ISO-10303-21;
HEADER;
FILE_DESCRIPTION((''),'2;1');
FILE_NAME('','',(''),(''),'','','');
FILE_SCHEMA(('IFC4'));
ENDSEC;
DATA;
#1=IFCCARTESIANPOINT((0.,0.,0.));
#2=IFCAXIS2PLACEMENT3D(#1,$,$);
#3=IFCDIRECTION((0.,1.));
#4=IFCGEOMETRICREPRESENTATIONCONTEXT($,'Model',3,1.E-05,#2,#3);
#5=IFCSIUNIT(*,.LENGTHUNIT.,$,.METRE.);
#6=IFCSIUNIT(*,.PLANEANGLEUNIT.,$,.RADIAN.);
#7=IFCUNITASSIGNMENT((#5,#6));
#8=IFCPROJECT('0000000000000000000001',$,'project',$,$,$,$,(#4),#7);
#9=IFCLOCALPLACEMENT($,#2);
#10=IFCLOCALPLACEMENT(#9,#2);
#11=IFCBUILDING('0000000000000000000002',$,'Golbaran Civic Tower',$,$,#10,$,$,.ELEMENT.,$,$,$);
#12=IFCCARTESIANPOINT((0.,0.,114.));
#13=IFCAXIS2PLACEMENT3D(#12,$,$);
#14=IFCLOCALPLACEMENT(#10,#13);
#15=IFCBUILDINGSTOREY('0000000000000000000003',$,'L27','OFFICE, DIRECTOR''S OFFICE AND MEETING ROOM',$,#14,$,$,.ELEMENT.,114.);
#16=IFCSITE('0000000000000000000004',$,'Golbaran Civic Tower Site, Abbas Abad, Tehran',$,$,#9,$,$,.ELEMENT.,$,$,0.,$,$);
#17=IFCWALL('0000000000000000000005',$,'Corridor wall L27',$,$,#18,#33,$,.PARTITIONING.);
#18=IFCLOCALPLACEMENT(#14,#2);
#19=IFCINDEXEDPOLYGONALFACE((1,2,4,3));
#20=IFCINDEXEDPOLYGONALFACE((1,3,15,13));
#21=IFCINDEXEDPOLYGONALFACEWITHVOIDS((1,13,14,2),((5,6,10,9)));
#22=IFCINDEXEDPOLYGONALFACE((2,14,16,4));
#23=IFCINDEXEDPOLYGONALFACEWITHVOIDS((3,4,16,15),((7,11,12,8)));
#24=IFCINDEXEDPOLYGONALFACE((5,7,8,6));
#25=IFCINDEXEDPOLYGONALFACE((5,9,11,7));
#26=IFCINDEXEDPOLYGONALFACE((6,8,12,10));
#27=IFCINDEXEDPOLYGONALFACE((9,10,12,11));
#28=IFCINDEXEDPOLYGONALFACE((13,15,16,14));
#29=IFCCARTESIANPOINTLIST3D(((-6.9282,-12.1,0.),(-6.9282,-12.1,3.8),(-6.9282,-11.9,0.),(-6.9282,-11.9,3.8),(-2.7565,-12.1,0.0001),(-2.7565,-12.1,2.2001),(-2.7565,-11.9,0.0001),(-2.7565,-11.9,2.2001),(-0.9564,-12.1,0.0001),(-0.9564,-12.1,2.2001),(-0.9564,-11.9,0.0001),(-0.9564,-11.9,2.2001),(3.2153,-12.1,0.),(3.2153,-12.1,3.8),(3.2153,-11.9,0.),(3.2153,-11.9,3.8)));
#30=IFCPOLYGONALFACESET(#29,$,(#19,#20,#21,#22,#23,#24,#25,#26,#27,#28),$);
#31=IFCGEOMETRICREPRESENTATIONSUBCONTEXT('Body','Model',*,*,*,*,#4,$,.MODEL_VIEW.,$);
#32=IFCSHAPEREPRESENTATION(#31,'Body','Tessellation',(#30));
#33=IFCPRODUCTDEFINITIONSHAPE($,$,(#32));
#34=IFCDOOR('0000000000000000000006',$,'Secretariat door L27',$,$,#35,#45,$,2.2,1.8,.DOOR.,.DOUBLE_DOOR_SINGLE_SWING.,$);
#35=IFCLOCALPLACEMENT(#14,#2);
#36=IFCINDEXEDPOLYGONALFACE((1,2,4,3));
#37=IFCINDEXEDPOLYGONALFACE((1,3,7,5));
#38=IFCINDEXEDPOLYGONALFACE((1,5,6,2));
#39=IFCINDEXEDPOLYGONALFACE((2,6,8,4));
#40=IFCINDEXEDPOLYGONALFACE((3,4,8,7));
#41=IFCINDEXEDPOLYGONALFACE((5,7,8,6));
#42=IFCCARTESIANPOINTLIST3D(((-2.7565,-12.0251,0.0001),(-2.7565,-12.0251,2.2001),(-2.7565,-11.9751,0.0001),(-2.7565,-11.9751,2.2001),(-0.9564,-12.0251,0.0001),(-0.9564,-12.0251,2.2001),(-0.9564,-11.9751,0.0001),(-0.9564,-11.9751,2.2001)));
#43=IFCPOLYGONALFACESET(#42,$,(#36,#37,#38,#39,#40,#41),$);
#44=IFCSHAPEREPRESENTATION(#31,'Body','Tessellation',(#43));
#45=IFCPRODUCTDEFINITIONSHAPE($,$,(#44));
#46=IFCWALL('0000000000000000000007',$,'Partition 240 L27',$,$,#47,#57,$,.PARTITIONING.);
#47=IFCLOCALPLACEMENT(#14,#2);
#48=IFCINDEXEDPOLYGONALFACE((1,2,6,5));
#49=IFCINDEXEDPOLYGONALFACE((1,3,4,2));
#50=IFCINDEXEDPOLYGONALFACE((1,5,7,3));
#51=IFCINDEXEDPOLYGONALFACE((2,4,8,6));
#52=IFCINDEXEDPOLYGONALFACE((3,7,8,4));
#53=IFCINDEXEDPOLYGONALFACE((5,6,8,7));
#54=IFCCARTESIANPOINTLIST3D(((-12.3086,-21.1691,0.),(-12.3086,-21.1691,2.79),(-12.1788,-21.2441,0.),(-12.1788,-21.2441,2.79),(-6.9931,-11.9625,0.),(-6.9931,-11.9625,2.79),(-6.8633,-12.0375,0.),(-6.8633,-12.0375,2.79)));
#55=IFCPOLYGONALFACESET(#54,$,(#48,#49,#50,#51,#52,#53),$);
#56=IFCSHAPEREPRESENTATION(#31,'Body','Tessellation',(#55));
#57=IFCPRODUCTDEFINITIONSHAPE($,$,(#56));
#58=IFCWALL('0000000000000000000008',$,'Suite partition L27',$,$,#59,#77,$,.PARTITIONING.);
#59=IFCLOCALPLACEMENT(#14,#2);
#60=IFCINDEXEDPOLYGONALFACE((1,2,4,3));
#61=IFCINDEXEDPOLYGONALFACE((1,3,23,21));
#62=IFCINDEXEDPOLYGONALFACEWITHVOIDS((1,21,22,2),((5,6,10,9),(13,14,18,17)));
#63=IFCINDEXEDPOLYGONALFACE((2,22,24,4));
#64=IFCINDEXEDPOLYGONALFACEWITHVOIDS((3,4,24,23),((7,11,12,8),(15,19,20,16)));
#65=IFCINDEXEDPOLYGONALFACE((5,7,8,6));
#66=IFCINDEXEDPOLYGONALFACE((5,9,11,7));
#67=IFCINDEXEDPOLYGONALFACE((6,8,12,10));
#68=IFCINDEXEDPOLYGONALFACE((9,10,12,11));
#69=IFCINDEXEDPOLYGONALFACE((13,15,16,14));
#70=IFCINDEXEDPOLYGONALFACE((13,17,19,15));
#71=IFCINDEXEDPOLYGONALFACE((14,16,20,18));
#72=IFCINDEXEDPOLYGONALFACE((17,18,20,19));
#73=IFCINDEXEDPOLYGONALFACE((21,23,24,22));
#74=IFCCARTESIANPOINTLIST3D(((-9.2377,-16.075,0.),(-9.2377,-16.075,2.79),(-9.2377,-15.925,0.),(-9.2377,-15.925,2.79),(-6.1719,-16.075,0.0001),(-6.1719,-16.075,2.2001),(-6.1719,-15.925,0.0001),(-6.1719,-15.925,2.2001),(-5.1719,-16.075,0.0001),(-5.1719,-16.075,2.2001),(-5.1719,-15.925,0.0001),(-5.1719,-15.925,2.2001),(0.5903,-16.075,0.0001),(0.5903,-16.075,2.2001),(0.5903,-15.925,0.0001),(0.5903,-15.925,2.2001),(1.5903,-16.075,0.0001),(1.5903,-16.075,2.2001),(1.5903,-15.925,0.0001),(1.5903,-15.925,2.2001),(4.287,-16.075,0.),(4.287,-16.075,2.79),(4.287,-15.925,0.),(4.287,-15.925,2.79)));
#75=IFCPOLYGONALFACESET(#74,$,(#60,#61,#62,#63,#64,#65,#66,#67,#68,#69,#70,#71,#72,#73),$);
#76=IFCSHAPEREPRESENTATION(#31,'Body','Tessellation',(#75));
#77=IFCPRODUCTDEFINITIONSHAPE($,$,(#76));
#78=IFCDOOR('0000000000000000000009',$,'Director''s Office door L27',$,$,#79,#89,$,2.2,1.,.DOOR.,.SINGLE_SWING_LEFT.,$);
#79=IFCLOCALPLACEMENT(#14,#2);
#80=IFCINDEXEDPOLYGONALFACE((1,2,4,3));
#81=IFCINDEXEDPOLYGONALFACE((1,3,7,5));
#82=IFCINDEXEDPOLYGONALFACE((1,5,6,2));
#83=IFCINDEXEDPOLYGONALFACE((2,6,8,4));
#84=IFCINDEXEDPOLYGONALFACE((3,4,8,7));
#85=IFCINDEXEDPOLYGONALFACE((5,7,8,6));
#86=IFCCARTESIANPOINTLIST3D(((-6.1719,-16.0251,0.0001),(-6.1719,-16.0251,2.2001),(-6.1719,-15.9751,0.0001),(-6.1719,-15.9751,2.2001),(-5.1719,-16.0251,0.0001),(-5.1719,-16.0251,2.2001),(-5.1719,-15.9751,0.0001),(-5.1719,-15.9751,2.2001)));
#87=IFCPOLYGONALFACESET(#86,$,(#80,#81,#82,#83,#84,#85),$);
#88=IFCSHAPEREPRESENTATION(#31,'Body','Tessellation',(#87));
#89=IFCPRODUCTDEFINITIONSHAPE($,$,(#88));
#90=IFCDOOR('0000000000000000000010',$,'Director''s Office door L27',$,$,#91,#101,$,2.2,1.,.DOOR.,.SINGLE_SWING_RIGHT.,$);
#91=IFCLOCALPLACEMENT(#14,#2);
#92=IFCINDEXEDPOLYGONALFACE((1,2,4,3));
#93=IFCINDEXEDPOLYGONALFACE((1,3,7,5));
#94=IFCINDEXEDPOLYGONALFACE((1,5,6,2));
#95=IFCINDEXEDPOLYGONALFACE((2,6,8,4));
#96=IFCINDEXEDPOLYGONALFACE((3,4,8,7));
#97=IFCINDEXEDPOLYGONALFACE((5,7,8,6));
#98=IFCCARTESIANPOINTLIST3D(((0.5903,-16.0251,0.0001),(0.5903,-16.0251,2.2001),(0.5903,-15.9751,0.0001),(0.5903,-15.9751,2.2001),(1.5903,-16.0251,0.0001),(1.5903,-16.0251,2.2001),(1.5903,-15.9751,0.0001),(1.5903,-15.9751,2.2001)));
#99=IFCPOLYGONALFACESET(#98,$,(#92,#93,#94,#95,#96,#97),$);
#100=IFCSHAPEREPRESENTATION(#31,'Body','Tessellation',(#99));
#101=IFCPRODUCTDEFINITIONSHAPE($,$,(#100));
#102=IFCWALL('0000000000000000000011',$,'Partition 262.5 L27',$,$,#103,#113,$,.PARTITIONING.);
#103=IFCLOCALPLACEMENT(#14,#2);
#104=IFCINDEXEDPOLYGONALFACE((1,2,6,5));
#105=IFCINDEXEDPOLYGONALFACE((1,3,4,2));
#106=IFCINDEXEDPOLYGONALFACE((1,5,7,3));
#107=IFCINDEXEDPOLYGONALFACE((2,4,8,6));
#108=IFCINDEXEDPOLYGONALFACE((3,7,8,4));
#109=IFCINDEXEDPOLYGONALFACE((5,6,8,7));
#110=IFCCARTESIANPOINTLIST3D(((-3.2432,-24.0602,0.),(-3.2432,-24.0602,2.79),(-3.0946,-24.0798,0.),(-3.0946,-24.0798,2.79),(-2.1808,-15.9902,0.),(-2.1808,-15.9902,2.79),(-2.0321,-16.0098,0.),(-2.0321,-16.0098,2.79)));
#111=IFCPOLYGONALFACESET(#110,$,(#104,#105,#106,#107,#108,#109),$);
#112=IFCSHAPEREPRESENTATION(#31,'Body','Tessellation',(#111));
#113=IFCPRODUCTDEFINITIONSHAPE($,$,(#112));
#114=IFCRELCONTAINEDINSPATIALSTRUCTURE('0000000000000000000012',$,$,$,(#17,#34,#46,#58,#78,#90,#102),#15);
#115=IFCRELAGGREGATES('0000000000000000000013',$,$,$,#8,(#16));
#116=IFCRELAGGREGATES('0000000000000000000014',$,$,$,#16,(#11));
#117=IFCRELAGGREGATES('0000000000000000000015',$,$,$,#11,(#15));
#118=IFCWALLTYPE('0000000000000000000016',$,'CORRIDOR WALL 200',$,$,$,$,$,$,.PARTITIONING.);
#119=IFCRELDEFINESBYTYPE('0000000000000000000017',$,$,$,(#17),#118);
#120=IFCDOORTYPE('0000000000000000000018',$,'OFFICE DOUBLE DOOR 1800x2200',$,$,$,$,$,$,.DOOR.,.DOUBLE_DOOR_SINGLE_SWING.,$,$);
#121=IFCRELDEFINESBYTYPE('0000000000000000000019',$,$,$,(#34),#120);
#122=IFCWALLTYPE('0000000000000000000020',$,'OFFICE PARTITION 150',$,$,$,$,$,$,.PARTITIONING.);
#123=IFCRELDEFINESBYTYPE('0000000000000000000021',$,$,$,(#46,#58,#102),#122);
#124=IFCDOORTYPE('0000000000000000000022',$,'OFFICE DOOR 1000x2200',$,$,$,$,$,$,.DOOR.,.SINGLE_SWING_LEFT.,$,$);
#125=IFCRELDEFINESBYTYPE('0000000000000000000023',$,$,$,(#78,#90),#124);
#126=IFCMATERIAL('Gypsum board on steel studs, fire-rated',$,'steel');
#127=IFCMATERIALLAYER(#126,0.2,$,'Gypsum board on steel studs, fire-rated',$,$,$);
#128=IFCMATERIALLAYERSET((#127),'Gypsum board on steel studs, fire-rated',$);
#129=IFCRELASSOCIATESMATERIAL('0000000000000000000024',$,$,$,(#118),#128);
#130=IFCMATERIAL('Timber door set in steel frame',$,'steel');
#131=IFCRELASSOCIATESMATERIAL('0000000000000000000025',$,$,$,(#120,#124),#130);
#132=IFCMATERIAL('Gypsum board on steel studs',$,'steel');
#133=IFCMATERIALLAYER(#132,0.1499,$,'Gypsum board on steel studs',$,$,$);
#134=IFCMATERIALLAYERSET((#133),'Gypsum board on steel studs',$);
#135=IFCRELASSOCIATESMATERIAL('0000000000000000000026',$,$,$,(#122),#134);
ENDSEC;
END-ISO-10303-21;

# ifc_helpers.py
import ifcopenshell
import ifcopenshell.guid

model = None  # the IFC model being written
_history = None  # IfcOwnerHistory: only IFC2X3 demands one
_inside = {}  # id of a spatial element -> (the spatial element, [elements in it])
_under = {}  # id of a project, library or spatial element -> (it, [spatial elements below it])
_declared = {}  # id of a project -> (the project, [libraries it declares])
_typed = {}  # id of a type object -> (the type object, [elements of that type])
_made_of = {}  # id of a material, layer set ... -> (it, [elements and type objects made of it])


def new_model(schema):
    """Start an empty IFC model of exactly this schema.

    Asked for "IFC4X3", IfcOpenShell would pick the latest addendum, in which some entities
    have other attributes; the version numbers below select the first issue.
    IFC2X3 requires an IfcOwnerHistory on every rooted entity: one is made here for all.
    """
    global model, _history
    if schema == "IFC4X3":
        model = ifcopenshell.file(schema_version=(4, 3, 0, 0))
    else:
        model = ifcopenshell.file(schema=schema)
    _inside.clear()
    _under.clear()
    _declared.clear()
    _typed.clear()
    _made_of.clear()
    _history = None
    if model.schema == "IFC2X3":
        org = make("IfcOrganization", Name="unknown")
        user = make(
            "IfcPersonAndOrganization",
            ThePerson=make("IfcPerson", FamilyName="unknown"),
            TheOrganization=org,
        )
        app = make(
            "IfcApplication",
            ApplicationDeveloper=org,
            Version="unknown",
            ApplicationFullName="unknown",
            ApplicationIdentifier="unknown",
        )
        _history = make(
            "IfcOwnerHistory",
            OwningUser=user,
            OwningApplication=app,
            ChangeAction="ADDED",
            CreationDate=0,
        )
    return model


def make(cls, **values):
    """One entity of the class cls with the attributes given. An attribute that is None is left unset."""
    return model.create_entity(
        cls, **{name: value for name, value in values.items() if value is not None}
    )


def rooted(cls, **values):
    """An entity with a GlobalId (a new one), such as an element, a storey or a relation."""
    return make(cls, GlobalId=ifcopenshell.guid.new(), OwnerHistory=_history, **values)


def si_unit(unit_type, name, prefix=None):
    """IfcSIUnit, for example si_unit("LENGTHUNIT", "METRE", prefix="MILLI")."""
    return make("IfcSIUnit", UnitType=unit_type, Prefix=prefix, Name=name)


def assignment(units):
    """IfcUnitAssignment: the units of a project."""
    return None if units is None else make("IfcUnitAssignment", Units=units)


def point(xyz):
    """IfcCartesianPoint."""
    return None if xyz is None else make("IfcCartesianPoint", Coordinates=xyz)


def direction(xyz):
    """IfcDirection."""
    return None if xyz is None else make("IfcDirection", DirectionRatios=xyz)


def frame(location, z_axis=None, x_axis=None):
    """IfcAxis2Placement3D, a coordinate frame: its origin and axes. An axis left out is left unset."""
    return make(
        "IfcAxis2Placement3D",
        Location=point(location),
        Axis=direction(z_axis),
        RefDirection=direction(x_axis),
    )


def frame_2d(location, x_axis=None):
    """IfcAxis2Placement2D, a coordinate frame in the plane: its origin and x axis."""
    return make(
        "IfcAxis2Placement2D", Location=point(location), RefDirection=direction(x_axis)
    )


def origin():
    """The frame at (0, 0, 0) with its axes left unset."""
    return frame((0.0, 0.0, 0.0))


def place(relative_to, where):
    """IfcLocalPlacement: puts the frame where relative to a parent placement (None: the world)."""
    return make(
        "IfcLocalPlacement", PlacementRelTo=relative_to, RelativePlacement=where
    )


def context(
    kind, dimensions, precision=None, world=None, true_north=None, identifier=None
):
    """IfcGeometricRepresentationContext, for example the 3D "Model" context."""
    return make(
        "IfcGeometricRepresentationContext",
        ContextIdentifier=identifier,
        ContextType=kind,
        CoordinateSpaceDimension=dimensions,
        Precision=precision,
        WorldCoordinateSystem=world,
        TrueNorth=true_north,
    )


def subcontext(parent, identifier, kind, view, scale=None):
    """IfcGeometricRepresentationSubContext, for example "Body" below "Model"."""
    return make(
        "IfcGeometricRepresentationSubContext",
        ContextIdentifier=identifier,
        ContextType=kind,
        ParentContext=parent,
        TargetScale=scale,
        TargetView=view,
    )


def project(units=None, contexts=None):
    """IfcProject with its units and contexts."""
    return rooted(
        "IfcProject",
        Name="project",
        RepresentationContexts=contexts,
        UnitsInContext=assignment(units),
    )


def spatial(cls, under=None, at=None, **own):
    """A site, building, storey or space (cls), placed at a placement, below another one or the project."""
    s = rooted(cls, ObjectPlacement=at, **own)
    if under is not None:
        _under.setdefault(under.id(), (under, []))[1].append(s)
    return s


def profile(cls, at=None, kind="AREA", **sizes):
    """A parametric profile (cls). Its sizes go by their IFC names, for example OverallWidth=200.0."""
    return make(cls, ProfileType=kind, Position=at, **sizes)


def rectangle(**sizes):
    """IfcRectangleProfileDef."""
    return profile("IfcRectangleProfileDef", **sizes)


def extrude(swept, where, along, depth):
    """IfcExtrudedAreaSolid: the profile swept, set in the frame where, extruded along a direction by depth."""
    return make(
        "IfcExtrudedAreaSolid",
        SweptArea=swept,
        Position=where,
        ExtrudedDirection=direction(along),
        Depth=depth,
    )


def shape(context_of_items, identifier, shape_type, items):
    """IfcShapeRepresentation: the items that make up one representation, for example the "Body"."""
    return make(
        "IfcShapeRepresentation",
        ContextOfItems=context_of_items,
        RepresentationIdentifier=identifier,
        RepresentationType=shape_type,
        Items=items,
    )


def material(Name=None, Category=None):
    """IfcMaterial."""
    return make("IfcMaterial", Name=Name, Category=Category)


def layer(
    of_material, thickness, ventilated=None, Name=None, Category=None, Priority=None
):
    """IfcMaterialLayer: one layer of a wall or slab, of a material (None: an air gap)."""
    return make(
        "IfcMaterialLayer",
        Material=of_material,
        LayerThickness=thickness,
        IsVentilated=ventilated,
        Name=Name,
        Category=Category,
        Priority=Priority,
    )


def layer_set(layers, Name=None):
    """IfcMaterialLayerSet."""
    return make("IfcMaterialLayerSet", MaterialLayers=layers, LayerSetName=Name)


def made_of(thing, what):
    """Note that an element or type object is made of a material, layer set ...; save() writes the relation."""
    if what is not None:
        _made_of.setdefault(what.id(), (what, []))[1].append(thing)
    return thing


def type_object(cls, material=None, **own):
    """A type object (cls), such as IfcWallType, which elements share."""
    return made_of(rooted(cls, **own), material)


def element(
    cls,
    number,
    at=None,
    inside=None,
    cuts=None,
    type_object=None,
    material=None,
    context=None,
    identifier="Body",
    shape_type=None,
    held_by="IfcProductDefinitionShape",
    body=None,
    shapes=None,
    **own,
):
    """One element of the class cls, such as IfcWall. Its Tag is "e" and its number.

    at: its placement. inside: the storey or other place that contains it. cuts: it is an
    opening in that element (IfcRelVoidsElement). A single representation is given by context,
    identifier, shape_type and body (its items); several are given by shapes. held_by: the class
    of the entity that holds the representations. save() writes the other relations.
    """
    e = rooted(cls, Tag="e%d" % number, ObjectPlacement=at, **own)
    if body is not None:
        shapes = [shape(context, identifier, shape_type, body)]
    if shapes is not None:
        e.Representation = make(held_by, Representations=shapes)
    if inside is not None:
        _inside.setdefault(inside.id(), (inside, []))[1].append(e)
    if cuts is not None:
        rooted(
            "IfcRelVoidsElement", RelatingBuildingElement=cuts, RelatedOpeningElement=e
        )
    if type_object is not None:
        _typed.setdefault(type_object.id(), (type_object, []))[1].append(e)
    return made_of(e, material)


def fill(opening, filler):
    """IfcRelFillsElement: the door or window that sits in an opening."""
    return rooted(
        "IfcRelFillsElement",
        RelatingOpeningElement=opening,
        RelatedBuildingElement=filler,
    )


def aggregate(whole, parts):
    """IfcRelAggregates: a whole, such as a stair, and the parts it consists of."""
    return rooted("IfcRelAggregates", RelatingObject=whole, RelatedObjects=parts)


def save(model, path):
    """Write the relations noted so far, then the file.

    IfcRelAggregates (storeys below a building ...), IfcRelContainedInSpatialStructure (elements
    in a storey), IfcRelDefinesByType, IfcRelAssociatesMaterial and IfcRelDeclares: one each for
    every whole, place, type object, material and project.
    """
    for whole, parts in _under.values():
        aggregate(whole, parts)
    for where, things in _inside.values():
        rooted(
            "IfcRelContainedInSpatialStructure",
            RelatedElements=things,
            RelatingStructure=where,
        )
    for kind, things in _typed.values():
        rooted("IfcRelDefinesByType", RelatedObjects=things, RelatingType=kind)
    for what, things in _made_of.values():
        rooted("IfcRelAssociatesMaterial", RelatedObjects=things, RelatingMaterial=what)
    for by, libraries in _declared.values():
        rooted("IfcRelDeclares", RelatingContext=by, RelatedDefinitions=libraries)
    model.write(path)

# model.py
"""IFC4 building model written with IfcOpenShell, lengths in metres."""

from ifc_helpers import new_model, si_unit, direction, frame, frame_2d, origin, place, context, subcontext, project, spatial, rectangle, extrude, material, layer, layer_set, type_object, element, fill, save


model = new_model("IFC4")

# Units and contexts
model_context = context("Model", 3, precision=1e-05, world=origin(), true_north=direction((0.0, 1.0)))
body_context = subcontext(model_context, "Body", "Model", "MODEL_VIEW")
ifc_project = project(units=[si_unit("LENGTHUNIT", "METRE"), si_unit("PLANEANGLEUNIT", "RADIAN")], contexts=[model_context])

# Site, building, storey
site_placement = place(None, origin())
site = spatial("IfcSite", under=ifc_project, at=site_placement, Name="Golbaran Civic Tower Site, Abbas Abad, Tehran", CompositionType="ELEMENT", RefElevation=0.0)
building_placement = place(site_placement, origin())
building = spatial("IfcBuilding", under=site, at=building_placement, Name="Golbaran Civic Tower", CompositionType="ELEMENT")
storey_placement = place(building_placement, frame((0.0, 0.0, 114.0)))
storey = spatial("IfcBuildingStorey", under=building, at=storey_placement, Name="L27", Description="OFFICE, DIRECTOR'S OFFICE AND MEETING ROOM", CompositionType="ELEMENT", Elevation=114.0)

# Shared definitions
ifc_material_1 = material(Name="Timber door set in steel frame", Category="steel")

# Shared definitions
ifc_material_2 = material(Name="Gypsum board on steel studs, fire-rated", Category="steel")
ifc_layer_1 = layer(ifc_material_2, 0.2, Name="Gypsum board on steel studs, fire-rated")
ifc_layer_set_1 = layer_set([ifc_layer_1], Name="Gypsum board on steel studs, fire-rated")
wall_type_1 = type_object("IfcWallType", Name="CORRIDOR WALL 200", PredefinedType="PARTITIONING", material=ifc_layer_set_1)

# Wall, opening, door
wall_1_placement = place(storey_placement, frame((-6.9282, -12.0, 0.0), z_axis=(0.0, 0.0, 1.0), x_axis=(1.0, 0.0, 0.0)))
wall_1 = element("IfcWall", 1, at=wall_1_placement, inside=storey, type_object=wall_type_1, Name="Corridor wall L27", PredefinedType="PARTITIONING", context=body_context, shape_type="SweptSolid", body=[
    extrude(rectangle(XDim=10.1436, YDim=0.2, at=frame_2d((5.0718, 0.0))), origin(), (0.0, 0.0, 1.0), 3.8),
])
opening_1_placement = place(wall_1_placement, frame((4.1719, 0.0, 0.0)))
opening_1 = element("IfcOpeningElement", 2, at=opening_1_placement, cuts=wall_1, PredefinedType="OPENING", context=body_context, shape_type="SweptSolid", body=[
    extrude(rectangle(XDim=1.8, YDim=2.2, at=frame_2d((0.8999, 1.1001))), frame((0.0, 0.1099, 0.0), z_axis=(0.0, -1.0, 0.0), x_axis=(1.0, 0.0, 0.0)), (0.0, 0.0, 1.0), 0.22),
])
door_type_1 = type_object("IfcDoorType", Name="OFFICE DOUBLE DOOR 1800x2200", OperationType="DOUBLE_DOOR_SINGLE_SWING", PredefinedType="DOOR", material=ifc_material_1)
door_1_placement = place(opening_1_placement, origin())
door_1 = element("IfcDoor", 3, at=door_1_placement, inside=storey, type_object=door_type_1, Name="Secretariat door L27", OperationType="DOUBLE_DOOR_SINGLE_SWING", OverallHeight=2.2, OverallWidth=1.8, PredefinedType="DOOR", context=body_context, shape_type="SweptSolid", body=[
    extrude(rectangle(XDim=1.8, YDim=2.2, at=frame_2d((0.8999, 1.1001))), frame((0.0, 0.0249, 0.0), z_axis=(0.0, -1.0, 0.0), x_axis=(1.0, 0.0, 0.0)), (0.0, 0.0, 1.0), 0.05),
])
fill(opening_1, door_1)

# Wall
ifc_material_3 = material(Name="Gypsum board on steel studs", Category="steel")
ifc_layer_2 = layer(ifc_material_3, 0.1499, Name="Gypsum board on steel studs")
ifc_layer_set_2 = layer_set([ifc_layer_2], Name="Gypsum board on steel studs")
wall_type_2 = type_object("IfcWallType", Name="OFFICE PARTITION 150", PredefinedType="PARTITIONING", material=ifc_layer_set_2)
wall_2_placement = place(storey_placement, frame((-6.9282, -12.0, 0.0), z_axis=(0.0, 0.0, 1.0), x_axis=(-0.500002, -0.866024, 0.0)))
element("IfcWall", 4, at=wall_2_placement, inside=storey, type_object=wall_type_2, Name="Partition 240 L27", PredefinedType="PARTITIONING", context=body_context, shape_type="SweptSolid", body=[
    extrude(rectangle(XDim=10.6309, YDim=0.1499, at=frame_2d((5.3154, 0.0))), origin(), (0.0, 0.0, 1.0), 2.79),
])

# Wall, openings, doors
wall_3_placement = place(storey_placement, frame((-9.2375, -16.0, 0.0), z_axis=(0.0, 0.0, 1.0), x_axis=(1.0, 0.0, 0.0)))
wall_3 = element("IfcWall", 5, at=wall_3_placement, inside=storey, type_object=wall_type_2, Name="Suite partition L27", PredefinedType="PARTITIONING", context=body_context, shape_type="SweptSolid", body=[
    extrude(rectangle(XDim=13.5247, YDim=0.1499, at=frame_2d((6.7622, 0.0))), origin(), (0.0, 0.0, 1.0), 2.79),
])
opening_2_placement = place(wall_3_placement, frame((3.0657, 0.0, 0.0)))
opening_2 = element("IfcOpeningElement", 6, at=opening_2_placement, cuts=wall_3, PredefinedType="OPENING", context=body_context, shape_type="SweptSolid", body=[
    extrude(rectangle(XDim=1.0, YDim=2.2, at=frame_2d((0.5, 1.1001))), frame((0.0, 0.085, 0.0), z_axis=(0.0, -1.0, 0.0), x_axis=(1.0, 0.0, 0.0)), (0.0, 0.0, 1.0), 0.1699),
])
opening_3_placement = place(wall_3_placement, frame((9.8279, 0.0, 0.0)))
opening_3 = element("IfcOpeningElement", 7, at=opening_3_placement, cuts=wall_3, PredefinedType="OPENING", context=body_context, shape_type="SweptSolid", body=[
    extrude(rectangle(XDim=1.0, YDim=2.2, at=frame_2d((0.5, 1.1001))), frame((0.0, 0.085, 0.0), z_axis=(0.0, -1.0, 0.0), x_axis=(1.0, 0.0, 0.0)), (0.0, 0.0, 1.0), 0.1699),
])
door_type_2 = type_object("IfcDoorType", Name="OFFICE DOOR 1000x2200", OperationType="SINGLE_SWING_LEFT", PredefinedType="DOOR", material=ifc_material_1)
door_2_placement = place(opening_2_placement, origin())
door_2 = element("IfcDoor", 8, at=door_2_placement, inside=storey, type_object=door_type_2, Name="Director's Office door L27", OperationType="SINGLE_SWING_LEFT", OverallHeight=2.2, OverallWidth=1.0, PredefinedType="DOOR", context=body_context, shape_type="SweptSolid", body=[
    extrude(rectangle(XDim=1.0, YDim=2.2, at=frame_2d((0.5, 1.1001))), frame((0.0, 0.0249, 0.0), z_axis=(0.0, -1.0, 0.0), x_axis=(1.0, 0.0, 0.0)), (0.0, 0.0, 1.0), 0.05),
])
fill(opening_2, door_2)
door_3_placement = place(opening_3_placement, origin())
door_3 = element("IfcDoor", 9, at=door_3_placement, inside=storey, type_object=door_type_2, Name="Director's Office door L27", OperationType="SINGLE_SWING_RIGHT", OverallHeight=2.2, OverallWidth=1.0, PredefinedType="DOOR", context=body_context, shape_type="SweptSolid", body=[
    extrude(rectangle(XDim=1.0, YDim=2.2, at=frame_2d((0.5, 1.1001))), frame((0.0, 0.0249, 0.0), z_axis=(0.0, -1.0, 0.0), x_axis=(1.0, 0.0, 0.0)), (0.0, 0.0, 1.0), 0.05),
])
fill(opening_3, door_3)

# Wall
wall_4_placement = place(storey_placement, frame((-2.1064, -16.0, 0.0), z_axis=(0.0, 0.0, 1.0), x_axis=(-0.130533, -0.991444, 0.0)))
element("IfcWall", 10, at=wall_4_placement, inside=storey, type_object=wall_type_2, Name="Partition 262.5 L27", PredefinedType="PARTITIONING", context=body_context, shape_type="SweptSolid", body=[
    extrude(rectangle(XDim=8.1396, YDim=0.1499, at=frame_2d((4.0698, 0.0))), origin(), (0.0, 0.0, 1.0), 2.79),
])

save(model, "model.ifc")
